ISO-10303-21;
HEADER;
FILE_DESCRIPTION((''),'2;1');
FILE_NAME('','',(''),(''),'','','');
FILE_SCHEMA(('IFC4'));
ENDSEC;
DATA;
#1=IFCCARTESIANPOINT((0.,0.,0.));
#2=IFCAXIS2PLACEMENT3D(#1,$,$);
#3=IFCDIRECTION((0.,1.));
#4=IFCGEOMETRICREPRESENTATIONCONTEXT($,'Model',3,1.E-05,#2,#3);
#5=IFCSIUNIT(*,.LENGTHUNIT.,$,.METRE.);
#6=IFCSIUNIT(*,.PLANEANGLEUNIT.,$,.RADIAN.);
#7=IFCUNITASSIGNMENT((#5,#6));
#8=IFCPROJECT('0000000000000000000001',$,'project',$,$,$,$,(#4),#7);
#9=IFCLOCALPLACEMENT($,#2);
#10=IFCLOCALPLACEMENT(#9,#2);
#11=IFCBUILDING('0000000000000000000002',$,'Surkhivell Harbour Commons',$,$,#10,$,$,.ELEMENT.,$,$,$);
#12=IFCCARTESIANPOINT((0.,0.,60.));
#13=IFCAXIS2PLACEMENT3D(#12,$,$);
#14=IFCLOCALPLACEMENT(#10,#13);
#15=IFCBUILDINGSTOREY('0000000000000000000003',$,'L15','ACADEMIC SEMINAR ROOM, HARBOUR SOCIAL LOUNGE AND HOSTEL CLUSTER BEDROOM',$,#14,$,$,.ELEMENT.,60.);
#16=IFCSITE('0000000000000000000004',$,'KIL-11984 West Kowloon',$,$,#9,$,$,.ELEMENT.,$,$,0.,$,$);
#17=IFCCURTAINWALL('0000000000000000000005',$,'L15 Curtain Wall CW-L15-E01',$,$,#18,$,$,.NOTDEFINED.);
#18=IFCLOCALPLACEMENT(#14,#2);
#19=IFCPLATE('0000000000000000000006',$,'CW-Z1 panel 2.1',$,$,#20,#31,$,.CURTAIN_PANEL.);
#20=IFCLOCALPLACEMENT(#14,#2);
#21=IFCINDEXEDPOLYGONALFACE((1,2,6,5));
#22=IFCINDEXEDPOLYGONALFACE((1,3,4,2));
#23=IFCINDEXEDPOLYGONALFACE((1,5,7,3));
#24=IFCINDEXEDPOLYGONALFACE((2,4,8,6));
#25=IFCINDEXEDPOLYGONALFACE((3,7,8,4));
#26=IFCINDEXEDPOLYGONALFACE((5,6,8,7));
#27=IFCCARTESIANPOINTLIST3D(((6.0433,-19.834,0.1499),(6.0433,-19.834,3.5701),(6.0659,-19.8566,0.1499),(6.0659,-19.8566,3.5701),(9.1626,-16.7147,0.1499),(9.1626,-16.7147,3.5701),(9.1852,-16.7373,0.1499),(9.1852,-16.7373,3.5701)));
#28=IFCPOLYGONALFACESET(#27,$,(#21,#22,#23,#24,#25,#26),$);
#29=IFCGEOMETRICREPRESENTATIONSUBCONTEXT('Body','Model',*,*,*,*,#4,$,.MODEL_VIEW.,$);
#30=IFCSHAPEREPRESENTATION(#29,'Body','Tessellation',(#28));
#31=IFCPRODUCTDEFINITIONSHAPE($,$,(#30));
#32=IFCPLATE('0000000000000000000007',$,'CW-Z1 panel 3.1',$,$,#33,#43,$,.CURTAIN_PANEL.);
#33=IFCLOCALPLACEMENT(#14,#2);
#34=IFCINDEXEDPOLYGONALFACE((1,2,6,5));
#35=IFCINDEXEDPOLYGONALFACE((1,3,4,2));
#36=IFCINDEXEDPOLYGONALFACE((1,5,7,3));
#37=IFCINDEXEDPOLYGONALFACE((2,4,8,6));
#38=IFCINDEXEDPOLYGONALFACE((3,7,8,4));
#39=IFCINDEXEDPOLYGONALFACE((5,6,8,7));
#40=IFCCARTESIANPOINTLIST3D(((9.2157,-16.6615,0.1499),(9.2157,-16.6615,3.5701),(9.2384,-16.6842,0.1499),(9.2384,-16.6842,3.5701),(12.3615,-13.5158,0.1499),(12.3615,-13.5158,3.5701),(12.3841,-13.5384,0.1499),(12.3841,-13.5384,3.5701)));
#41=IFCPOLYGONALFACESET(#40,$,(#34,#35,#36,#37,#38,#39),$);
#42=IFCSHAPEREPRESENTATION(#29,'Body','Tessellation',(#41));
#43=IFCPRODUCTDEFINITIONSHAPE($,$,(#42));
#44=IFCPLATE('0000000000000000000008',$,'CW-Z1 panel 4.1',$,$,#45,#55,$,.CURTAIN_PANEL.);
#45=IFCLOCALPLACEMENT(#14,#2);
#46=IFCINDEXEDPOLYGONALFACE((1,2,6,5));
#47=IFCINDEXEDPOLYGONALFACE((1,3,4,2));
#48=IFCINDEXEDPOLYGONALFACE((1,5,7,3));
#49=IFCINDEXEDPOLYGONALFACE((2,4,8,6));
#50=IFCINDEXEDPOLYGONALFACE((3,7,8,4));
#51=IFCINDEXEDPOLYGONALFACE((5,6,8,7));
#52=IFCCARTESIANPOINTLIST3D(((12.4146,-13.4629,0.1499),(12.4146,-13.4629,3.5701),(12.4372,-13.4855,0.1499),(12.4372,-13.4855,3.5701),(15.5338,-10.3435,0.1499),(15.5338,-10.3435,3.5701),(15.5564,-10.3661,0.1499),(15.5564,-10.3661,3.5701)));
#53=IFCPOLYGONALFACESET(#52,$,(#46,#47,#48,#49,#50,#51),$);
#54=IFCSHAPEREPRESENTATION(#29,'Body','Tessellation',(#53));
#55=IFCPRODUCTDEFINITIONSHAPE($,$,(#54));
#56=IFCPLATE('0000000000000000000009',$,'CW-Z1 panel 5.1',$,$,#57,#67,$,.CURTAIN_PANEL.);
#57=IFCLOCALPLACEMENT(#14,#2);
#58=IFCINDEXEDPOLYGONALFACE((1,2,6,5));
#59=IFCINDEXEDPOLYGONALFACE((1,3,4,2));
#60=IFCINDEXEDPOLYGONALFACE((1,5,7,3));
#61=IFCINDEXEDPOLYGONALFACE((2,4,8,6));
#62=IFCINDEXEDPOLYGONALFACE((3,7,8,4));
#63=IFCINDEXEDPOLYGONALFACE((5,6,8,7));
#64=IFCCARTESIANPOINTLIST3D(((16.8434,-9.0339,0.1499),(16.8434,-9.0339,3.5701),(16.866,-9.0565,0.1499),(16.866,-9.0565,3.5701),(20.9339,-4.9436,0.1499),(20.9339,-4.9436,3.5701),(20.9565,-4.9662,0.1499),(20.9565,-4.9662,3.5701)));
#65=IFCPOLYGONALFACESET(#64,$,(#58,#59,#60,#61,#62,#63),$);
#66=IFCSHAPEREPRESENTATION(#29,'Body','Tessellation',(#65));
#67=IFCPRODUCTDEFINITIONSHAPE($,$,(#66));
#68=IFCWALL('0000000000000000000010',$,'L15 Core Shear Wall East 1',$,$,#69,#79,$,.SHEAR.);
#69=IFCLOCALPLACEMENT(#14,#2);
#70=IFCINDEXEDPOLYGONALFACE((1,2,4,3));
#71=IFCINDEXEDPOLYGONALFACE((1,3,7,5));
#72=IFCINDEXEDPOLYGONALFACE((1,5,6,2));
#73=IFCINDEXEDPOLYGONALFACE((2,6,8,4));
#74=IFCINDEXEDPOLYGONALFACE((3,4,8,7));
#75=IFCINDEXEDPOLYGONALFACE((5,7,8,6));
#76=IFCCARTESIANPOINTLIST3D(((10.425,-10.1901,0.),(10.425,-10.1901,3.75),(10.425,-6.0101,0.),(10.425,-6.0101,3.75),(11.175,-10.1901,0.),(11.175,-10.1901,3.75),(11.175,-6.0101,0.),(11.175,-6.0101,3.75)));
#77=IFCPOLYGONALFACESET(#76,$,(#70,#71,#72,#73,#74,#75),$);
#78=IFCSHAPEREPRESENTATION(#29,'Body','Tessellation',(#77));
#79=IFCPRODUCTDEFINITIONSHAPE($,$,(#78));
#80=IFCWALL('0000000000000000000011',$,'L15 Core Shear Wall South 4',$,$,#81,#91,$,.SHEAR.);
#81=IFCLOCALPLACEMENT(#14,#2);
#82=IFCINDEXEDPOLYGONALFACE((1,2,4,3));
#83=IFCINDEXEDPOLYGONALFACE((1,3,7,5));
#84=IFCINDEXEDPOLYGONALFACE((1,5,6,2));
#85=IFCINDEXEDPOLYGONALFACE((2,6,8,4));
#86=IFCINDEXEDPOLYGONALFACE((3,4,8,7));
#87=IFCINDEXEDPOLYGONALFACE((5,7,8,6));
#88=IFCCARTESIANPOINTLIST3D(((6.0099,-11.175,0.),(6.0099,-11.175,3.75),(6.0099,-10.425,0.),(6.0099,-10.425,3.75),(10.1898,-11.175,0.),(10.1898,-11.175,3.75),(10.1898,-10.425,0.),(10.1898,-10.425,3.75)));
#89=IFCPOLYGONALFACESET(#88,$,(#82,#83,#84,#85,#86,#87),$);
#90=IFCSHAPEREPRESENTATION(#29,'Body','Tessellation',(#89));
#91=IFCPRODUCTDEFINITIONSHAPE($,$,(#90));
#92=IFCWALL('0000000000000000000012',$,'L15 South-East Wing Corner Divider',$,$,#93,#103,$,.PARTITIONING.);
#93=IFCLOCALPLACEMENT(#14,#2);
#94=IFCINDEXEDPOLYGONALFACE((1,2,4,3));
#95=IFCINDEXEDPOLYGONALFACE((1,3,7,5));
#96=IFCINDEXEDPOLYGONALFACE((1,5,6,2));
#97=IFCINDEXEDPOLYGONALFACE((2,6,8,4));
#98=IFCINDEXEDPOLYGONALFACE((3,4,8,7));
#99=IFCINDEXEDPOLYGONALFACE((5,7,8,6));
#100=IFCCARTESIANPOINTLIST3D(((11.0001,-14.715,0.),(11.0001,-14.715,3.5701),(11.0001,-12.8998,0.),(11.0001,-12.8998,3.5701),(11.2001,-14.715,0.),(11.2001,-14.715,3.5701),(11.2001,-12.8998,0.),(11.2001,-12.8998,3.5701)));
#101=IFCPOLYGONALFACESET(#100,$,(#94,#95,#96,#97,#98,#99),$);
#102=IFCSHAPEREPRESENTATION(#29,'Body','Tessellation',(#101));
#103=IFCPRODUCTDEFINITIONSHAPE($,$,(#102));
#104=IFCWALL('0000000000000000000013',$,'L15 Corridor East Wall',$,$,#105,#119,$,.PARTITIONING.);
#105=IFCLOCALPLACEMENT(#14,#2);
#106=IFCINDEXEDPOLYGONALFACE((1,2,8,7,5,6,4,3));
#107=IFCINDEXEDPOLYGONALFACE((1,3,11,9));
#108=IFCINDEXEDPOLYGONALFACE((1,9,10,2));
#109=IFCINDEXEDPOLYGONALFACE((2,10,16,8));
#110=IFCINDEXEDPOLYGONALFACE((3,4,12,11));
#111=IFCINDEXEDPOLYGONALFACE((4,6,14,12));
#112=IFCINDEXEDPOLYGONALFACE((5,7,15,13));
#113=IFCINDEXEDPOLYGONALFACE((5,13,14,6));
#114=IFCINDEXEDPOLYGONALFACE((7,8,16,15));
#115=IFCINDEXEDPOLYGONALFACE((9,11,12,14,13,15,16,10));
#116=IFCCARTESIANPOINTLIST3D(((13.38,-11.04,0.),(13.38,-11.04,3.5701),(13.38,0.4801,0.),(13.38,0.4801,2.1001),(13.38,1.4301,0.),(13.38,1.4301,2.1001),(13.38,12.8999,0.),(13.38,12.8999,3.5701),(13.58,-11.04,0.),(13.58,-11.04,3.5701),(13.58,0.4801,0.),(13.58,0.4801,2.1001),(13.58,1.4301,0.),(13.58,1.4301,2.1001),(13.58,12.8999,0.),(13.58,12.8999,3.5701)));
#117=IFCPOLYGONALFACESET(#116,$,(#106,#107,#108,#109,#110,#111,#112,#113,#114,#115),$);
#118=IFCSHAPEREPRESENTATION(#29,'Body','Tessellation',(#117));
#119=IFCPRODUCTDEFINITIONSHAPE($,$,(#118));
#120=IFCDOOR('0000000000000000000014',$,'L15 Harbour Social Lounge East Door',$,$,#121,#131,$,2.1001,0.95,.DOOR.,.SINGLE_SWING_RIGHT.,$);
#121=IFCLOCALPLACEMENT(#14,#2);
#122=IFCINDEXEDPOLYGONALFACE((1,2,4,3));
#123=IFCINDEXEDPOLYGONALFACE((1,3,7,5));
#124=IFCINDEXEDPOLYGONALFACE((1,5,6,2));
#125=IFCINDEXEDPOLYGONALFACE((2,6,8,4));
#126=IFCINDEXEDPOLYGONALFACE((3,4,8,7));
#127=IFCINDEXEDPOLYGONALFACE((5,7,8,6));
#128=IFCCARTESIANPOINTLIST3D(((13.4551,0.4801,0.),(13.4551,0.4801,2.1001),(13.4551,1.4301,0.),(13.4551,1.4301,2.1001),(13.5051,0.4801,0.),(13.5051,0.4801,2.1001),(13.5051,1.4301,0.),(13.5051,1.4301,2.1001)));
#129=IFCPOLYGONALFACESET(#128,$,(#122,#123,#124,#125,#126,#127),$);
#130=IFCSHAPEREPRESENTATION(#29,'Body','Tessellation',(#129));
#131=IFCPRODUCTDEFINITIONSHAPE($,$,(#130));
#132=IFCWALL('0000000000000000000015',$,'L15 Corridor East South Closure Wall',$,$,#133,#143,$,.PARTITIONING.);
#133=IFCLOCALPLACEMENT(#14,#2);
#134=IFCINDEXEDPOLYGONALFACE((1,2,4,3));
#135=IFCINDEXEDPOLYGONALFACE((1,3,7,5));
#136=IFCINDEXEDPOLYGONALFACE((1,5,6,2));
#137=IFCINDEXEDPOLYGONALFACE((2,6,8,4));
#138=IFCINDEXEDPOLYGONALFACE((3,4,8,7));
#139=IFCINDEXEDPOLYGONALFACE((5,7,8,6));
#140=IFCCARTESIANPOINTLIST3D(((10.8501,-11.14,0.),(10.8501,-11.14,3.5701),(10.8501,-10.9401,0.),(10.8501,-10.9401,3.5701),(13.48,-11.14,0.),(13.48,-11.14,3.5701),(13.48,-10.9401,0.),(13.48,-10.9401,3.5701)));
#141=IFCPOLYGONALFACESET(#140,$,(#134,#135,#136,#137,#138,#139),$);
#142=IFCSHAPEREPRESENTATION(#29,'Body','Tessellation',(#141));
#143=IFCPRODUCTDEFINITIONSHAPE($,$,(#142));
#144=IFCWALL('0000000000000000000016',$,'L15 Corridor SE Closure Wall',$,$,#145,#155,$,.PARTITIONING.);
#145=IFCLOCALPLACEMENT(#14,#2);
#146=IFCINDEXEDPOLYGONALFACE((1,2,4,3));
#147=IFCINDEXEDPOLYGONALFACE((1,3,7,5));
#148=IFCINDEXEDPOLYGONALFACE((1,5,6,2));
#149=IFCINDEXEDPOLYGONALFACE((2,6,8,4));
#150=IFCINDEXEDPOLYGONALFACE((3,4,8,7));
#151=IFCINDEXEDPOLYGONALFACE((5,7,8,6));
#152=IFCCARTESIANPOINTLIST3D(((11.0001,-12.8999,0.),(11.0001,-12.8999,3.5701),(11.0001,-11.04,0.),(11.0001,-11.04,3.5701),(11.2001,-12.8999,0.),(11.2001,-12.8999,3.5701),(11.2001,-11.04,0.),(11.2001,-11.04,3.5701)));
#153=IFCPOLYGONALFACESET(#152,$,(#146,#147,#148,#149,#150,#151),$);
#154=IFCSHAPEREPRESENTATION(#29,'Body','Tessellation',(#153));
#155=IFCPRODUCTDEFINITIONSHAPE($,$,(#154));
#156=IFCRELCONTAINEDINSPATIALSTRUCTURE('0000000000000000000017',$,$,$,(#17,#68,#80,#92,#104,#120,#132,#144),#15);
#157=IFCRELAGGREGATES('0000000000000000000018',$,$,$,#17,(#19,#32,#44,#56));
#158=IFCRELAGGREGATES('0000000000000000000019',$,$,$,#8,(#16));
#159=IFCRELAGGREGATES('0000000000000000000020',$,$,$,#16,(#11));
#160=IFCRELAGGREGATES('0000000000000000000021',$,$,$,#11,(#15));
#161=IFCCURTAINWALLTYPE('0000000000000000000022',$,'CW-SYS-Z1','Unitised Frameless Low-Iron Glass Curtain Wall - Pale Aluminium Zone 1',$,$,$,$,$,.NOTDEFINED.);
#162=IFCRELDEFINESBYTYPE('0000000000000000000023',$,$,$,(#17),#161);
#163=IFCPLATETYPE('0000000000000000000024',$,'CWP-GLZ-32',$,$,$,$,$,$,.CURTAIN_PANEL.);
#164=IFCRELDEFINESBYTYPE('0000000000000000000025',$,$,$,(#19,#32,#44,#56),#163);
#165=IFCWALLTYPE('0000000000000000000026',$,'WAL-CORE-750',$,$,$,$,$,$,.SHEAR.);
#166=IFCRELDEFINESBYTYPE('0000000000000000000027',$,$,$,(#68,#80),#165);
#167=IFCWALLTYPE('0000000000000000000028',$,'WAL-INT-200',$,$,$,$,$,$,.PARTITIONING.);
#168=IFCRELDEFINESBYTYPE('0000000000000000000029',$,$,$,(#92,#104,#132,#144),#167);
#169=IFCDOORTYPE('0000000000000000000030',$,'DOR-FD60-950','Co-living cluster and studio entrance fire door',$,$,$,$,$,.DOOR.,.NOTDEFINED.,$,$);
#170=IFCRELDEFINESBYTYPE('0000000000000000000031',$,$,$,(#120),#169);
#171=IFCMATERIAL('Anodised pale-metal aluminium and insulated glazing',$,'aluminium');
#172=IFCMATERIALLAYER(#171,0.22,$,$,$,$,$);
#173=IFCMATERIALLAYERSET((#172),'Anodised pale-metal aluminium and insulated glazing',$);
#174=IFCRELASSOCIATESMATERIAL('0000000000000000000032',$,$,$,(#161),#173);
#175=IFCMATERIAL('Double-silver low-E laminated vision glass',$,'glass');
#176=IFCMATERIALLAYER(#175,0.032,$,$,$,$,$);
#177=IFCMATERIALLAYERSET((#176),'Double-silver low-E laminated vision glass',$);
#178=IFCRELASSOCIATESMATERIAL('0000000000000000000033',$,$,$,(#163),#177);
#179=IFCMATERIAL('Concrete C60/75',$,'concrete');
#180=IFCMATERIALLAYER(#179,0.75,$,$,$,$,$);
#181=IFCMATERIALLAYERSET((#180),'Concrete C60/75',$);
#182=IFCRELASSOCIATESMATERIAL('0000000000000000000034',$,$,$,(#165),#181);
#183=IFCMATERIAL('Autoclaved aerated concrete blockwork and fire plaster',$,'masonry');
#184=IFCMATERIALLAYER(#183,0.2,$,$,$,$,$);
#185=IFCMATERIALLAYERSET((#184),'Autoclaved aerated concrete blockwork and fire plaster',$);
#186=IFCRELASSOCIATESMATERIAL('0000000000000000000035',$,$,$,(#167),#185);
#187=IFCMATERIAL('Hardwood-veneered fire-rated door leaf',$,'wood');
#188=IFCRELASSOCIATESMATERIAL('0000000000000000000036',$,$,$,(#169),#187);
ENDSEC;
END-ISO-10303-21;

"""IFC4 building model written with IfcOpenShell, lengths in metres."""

from ifc_helpers import new_model, si_unit, direction, frame, frame_2d, origin, place, context, subcontext, project, spatial, rectangle, extrude, material, layer, layer_set, type_object, element, fill, aggregate, save


model = new_model("IFC4")

# Units and contexts
model_context = context("Model", 3, precision=1e-05, world=origin(), true_north=direction((0.0, 1.0)))
body_context = subcontext(model_context, "Body", "Model", "MODEL_VIEW")
ifc_project = project(units=[si_unit("LENGTHUNIT", "METRE"), si_unit("PLANEANGLEUNIT", "RADIAN")], contexts=[model_context])

# Site, building, storey
site_placement = place(None, origin())
site = spatial("IfcSite", under=ifc_project, at=site_placement, Name="KIL-11984 West Kowloon", CompositionType="ELEMENT", RefElevation=0.0)
building_placement = place(site_placement, origin())
building = spatial("IfcBuilding", under=site, at=building_placement, Name="Surkhivell Harbour Commons", CompositionType="ELEMENT")
storey_placement = place(building_placement, frame((0.0, 0.0, 60.0)))
storey = spatial("IfcBuildingStorey", under=building, at=storey_placement, Name="L15", Description="ACADEMIC SEMINAR ROOM, HARBOUR SOCIAL LOUNGE AND HOSTEL CLUSTER BEDROOM", CompositionType="ELEMENT", Elevation=60.0)

# Curtain wall, plates
ifc_material_1 = material(Name="Anodised pale-metal aluminium and insulated glazing", Category="aluminium")
ifc_layer_1 = layer(ifc_material_1, 0.22)
ifc_layer_set_1 = layer_set([ifc_layer_1], Name="Anodised pale-metal aluminium and insulated glazing")
curtain_wall_type = type_object("IfcCurtainWallType", Name="CW-SYS-Z1", Description="Unitised Frameless Low-Iron Glass Curtain Wall - Pale Aluminium Zone 1", PredefinedType="NOTDEFINED", material=ifc_layer_set_1)
curtain_wall_placement = place(storey_placement, origin())
curtain_wall = element("IfcCurtainWall", 1, at=curtain_wall_placement, inside=storey, type_object=curtain_wall_type, Name="L15 Curtain Wall CW-L15-E01", PredefinedType="NOTDEFINED")
ifc_material_2 = material(Name="Double-silver low-E laminated vision glass", Category="glass")
ifc_layer_2 = layer(ifc_material_2, 0.032)
ifc_layer_set_2 = layer_set([ifc_layer_2], Name="Double-silver low-E laminated vision glass")
plate_type = type_object("IfcPlateType", Name="CWP-GLZ-32", PredefinedType="CURTAIN_PANEL", material=ifc_layer_set_2)
plate_1_placement = place(storey_placement, frame((6.0547, -19.8452, 0.1499), z_axis=(0.0, 0.0, 1.0), x_axis=(0.707107, 0.707107, 0.0)))
plate_1 = element("IfcPlate", 2, at=plate_1_placement, type_object=plate_type, Name="CW-Z1 panel 2.1", PredefinedType="CURTAIN_PANEL", context=body_context, shape_type="SweptSolid", body=[
    extrude(rectangle(XDim=4.4114, YDim=0.032, at=frame_2d((2.2056, 0.0))), origin(), (0.0, 0.0, 1.0), 3.4202),
])
plate_2_placement = place(storey_placement, frame((9.2271, -16.6729, 0.1499), z_axis=(0.0, 0.0, 1.0), x_axis=(0.707107, 0.707107, 0.0)))
plate_2 = element("IfcPlate", 3, at=plate_2_placement, type_object=plate_type, Name="CW-Z1 panel 3.1", PredefinedType="CURTAIN_PANEL", context=body_context, shape_type="SweptSolid", body=[
    extrude(rectangle(XDim=4.4487, YDim=0.032, at=frame_2d((2.2244, 0.0))), origin(), (0.0, 0.0, 1.0), 3.4202),
])
plate_3_placement = place(storey_placement, frame((12.426, -13.4741, 0.1499), z_axis=(0.0, 0.0, 1.0), x_axis=(0.707079, 0.707134, 0.0)))
plate_3 = element("IfcPlate", 4, at=plate_3_placement, type_object=plate_type, Name="CW-Z1 panel 4.1", PredefinedType="CURTAIN_PANEL", context=body_context, shape_type="SweptSolid", body=[
    extrude(rectangle(XDim=4.4114, YDim=0.032, at=frame_2d((2.2056, 0.0))), origin(), (0.0, 0.0, 1.0), 3.4202),
])
plate_4_placement = place(storey_placement, frame((16.8547, -9.0452, 0.1499), z_axis=(0.0, 0.0, 1.0), x_axis=(0.707128, 0.707086, 0.0)))
plate_4 = element("IfcPlate", 5, at=plate_4_placement, type_object=plate_type, Name="CW-Z1 panel 5.1", PredefinedType="CURTAIN_PANEL", context=body_context, shape_type="SweptSolid", body=[
    extrude(rectangle(XDim=5.7847, YDim=0.032, at=frame_2d((2.8923, 0.0))), origin(), (0.0, 0.0, 1.0), 3.4202),
])
aggregate(curtain_wall, [plate_1, plate_2, plate_3, plate_4])

# Walls
ifc_material_3 = material(Name="Concrete C60/75", Category="concrete")
ifc_layer_3 = layer(ifc_material_3, 0.75)
ifc_layer_set_3 = layer_set([ifc_layer_3], Name="Concrete C60/75")
wall_type_1 = type_object("IfcWallType", Name="WAL-CORE-750", PredefinedType="SHEAR", material=ifc_layer_set_3)
for number, where, z_axis, x_axis, name in (
    (6, (10.8, -10.1899, 0.0), (0.0, 0.0, 1.0), (0.0, 1.0, 0.0), "L15 Core Shear Wall East 1"),
    (7, (6.01, -10.8, 0.0), (0.0, 0.0, 1.0), (1.0, 0.0, 0.0), "L15 Core Shear Wall South 4"),
):
    element("IfcWall", number, at=place(storey_placement, frame(where, z_axis=z_axis, x_axis=x_axis)), inside=storey, type_object=wall_type_1, Name=name, PredefinedType="SHEAR", context=body_context, shape_type="SweptSolid", body=[
        extrude(rectangle(XDim=4.1799, YDim=0.75, at=frame_2d((2.0898, 0.0))), origin(), (0.0, 0.0, 1.0), 3.75),
    ])
ifc_material_4 = material(Name="Autoclaved aerated concrete blockwork and fire plaster", Category="masonry")
ifc_layer_4 = layer(ifc_material_4, 0.2)
ifc_layer_set_4 = layer_set([ifc_layer_4], Name="Autoclaved aerated concrete blockwork and fire plaster")
wall_type_2 = type_object("IfcWallType", Name="WAL-INT-200", PredefinedType="PARTITIONING", material=ifc_layer_set_4)
wall_1_placement = place(storey_placement, frame((11.1001, -14.7151, 0.0), z_axis=(0.0, 0.0, 1.0), x_axis=(0.0, 1.0, 0.0)))
element("IfcWall", 8, at=wall_1_placement, inside=storey, type_object=wall_type_2, Name="L15 South-East Wing Corner Divider", PredefinedType="PARTITIONING", context=body_context, shape_type="SweptSolid", body=[
    extrude(rectangle(XDim=1.8152, YDim=0.2, at=frame_2d((0.9077, 0.0))), origin(), (0.0, 0.0, 1.0), 3.5701),
])

# Wall, opening, door
wall_2_placement = place(storey_placement, frame((13.48, -11.04, 0.0), z_axis=(0.0, 0.0, 1.0), x_axis=(0.0, 1.0, 0.0)))
wall_2 = element("IfcWall", 9, at=wall_2_placement, inside=storey, type_object=wall_type_2, Name="L15 Corridor East Wall", PredefinedType="PARTITIONING", context=body_context, shape_type="SweptSolid", body=[
    extrude(rectangle(XDim=23.9399, YDim=0.2, at=frame_2d((11.97, 0.0))), origin(), (0.0, 0.0, 1.0), 3.5701),
])
opening_placement = place(wall_2_placement, frame((11.52, 0.0, 0.0)))
opening = element("IfcOpeningElement", 10, at=opening_placement, cuts=wall_2, PredefinedType="OPENING", context=body_context, shape_type="SweptSolid", body=[
    extrude(rectangle(XDim=0.95, YDim=2.1001, at=frame_2d((0.4751, 1.05))), frame((0.0, 0.1099, 0.0), z_axis=(0.0, -1.0, 0.0), x_axis=(1.0, 0.0, 0.0)), (0.0, 0.0, 1.0), 0.22),
])
ifc_material_5 = material(Name="Hardwood-veneered fire-rated door leaf", Category="wood")
door_type = type_object("IfcDoorType", Name="DOR-FD60-950", Description="Co-living cluster and studio entrance fire door", OperationType="NOTDEFINED", PredefinedType="DOOR", material=ifc_material_5)
door_placement = place(opening_placement, origin())
door = element("IfcDoor", 11, at=door_placement, inside=storey, type_object=door_type, Name="L15 Harbour Social Lounge East Door", OperationType="SINGLE_SWING_RIGHT", OverallHeight=2.1001, OverallWidth=0.95, PredefinedType="DOOR", context=body_context, shape_type="SweptSolid", body=[
    extrude(rectangle(XDim=0.95, YDim=2.1001, at=frame_2d((0.4751, 1.05))), frame((0.0, 0.0249, 0.0), z_axis=(0.0, -1.0, 0.0), x_axis=(1.0, 0.0, 0.0)), (0.0, 0.0, 1.0), 0.05),
])
fill(opening, door)

# Walls
wall_3_placement = place(storey_placement, frame((10.8501, -11.04, 0.0), z_axis=(0.0, 0.0, 1.0), x_axis=(1.0, 0.0, 0.0)))
element("IfcWall", 12, at=wall_3_placement, inside=storey, type_object=wall_type_2, Name="L15 Corridor East South Closure Wall", PredefinedType="PARTITIONING", context=body_context, shape_type="SweptSolid", body=[
    extrude(rectangle(XDim=2.6299, YDim=0.2, at=frame_2d((1.3149, 0.0))), origin(), (0.0, 0.0, 1.0), 3.5701),
])
wall_4_placement = place(storey_placement, frame((11.1001, -12.8999, 0.0), z_axis=(0.0, 0.0, 1.0), x_axis=(0.0, 1.0, 0.0)))
element("IfcWall", 13, at=wall_4_placement, inside=storey, type_object=wall_type_2, Name="L15 Corridor SE Closure Wall", PredefinedType="PARTITIONING", context=body_context, shape_type="SweptSolid", body=[
    extrude(rectangle(XDim=1.8599, YDim=0.2, at=frame_2d((0.9299, 0.0))), origin(), (0.0, 0.0, 1.0), 3.5701),
])

save(model, "model.ifc")
